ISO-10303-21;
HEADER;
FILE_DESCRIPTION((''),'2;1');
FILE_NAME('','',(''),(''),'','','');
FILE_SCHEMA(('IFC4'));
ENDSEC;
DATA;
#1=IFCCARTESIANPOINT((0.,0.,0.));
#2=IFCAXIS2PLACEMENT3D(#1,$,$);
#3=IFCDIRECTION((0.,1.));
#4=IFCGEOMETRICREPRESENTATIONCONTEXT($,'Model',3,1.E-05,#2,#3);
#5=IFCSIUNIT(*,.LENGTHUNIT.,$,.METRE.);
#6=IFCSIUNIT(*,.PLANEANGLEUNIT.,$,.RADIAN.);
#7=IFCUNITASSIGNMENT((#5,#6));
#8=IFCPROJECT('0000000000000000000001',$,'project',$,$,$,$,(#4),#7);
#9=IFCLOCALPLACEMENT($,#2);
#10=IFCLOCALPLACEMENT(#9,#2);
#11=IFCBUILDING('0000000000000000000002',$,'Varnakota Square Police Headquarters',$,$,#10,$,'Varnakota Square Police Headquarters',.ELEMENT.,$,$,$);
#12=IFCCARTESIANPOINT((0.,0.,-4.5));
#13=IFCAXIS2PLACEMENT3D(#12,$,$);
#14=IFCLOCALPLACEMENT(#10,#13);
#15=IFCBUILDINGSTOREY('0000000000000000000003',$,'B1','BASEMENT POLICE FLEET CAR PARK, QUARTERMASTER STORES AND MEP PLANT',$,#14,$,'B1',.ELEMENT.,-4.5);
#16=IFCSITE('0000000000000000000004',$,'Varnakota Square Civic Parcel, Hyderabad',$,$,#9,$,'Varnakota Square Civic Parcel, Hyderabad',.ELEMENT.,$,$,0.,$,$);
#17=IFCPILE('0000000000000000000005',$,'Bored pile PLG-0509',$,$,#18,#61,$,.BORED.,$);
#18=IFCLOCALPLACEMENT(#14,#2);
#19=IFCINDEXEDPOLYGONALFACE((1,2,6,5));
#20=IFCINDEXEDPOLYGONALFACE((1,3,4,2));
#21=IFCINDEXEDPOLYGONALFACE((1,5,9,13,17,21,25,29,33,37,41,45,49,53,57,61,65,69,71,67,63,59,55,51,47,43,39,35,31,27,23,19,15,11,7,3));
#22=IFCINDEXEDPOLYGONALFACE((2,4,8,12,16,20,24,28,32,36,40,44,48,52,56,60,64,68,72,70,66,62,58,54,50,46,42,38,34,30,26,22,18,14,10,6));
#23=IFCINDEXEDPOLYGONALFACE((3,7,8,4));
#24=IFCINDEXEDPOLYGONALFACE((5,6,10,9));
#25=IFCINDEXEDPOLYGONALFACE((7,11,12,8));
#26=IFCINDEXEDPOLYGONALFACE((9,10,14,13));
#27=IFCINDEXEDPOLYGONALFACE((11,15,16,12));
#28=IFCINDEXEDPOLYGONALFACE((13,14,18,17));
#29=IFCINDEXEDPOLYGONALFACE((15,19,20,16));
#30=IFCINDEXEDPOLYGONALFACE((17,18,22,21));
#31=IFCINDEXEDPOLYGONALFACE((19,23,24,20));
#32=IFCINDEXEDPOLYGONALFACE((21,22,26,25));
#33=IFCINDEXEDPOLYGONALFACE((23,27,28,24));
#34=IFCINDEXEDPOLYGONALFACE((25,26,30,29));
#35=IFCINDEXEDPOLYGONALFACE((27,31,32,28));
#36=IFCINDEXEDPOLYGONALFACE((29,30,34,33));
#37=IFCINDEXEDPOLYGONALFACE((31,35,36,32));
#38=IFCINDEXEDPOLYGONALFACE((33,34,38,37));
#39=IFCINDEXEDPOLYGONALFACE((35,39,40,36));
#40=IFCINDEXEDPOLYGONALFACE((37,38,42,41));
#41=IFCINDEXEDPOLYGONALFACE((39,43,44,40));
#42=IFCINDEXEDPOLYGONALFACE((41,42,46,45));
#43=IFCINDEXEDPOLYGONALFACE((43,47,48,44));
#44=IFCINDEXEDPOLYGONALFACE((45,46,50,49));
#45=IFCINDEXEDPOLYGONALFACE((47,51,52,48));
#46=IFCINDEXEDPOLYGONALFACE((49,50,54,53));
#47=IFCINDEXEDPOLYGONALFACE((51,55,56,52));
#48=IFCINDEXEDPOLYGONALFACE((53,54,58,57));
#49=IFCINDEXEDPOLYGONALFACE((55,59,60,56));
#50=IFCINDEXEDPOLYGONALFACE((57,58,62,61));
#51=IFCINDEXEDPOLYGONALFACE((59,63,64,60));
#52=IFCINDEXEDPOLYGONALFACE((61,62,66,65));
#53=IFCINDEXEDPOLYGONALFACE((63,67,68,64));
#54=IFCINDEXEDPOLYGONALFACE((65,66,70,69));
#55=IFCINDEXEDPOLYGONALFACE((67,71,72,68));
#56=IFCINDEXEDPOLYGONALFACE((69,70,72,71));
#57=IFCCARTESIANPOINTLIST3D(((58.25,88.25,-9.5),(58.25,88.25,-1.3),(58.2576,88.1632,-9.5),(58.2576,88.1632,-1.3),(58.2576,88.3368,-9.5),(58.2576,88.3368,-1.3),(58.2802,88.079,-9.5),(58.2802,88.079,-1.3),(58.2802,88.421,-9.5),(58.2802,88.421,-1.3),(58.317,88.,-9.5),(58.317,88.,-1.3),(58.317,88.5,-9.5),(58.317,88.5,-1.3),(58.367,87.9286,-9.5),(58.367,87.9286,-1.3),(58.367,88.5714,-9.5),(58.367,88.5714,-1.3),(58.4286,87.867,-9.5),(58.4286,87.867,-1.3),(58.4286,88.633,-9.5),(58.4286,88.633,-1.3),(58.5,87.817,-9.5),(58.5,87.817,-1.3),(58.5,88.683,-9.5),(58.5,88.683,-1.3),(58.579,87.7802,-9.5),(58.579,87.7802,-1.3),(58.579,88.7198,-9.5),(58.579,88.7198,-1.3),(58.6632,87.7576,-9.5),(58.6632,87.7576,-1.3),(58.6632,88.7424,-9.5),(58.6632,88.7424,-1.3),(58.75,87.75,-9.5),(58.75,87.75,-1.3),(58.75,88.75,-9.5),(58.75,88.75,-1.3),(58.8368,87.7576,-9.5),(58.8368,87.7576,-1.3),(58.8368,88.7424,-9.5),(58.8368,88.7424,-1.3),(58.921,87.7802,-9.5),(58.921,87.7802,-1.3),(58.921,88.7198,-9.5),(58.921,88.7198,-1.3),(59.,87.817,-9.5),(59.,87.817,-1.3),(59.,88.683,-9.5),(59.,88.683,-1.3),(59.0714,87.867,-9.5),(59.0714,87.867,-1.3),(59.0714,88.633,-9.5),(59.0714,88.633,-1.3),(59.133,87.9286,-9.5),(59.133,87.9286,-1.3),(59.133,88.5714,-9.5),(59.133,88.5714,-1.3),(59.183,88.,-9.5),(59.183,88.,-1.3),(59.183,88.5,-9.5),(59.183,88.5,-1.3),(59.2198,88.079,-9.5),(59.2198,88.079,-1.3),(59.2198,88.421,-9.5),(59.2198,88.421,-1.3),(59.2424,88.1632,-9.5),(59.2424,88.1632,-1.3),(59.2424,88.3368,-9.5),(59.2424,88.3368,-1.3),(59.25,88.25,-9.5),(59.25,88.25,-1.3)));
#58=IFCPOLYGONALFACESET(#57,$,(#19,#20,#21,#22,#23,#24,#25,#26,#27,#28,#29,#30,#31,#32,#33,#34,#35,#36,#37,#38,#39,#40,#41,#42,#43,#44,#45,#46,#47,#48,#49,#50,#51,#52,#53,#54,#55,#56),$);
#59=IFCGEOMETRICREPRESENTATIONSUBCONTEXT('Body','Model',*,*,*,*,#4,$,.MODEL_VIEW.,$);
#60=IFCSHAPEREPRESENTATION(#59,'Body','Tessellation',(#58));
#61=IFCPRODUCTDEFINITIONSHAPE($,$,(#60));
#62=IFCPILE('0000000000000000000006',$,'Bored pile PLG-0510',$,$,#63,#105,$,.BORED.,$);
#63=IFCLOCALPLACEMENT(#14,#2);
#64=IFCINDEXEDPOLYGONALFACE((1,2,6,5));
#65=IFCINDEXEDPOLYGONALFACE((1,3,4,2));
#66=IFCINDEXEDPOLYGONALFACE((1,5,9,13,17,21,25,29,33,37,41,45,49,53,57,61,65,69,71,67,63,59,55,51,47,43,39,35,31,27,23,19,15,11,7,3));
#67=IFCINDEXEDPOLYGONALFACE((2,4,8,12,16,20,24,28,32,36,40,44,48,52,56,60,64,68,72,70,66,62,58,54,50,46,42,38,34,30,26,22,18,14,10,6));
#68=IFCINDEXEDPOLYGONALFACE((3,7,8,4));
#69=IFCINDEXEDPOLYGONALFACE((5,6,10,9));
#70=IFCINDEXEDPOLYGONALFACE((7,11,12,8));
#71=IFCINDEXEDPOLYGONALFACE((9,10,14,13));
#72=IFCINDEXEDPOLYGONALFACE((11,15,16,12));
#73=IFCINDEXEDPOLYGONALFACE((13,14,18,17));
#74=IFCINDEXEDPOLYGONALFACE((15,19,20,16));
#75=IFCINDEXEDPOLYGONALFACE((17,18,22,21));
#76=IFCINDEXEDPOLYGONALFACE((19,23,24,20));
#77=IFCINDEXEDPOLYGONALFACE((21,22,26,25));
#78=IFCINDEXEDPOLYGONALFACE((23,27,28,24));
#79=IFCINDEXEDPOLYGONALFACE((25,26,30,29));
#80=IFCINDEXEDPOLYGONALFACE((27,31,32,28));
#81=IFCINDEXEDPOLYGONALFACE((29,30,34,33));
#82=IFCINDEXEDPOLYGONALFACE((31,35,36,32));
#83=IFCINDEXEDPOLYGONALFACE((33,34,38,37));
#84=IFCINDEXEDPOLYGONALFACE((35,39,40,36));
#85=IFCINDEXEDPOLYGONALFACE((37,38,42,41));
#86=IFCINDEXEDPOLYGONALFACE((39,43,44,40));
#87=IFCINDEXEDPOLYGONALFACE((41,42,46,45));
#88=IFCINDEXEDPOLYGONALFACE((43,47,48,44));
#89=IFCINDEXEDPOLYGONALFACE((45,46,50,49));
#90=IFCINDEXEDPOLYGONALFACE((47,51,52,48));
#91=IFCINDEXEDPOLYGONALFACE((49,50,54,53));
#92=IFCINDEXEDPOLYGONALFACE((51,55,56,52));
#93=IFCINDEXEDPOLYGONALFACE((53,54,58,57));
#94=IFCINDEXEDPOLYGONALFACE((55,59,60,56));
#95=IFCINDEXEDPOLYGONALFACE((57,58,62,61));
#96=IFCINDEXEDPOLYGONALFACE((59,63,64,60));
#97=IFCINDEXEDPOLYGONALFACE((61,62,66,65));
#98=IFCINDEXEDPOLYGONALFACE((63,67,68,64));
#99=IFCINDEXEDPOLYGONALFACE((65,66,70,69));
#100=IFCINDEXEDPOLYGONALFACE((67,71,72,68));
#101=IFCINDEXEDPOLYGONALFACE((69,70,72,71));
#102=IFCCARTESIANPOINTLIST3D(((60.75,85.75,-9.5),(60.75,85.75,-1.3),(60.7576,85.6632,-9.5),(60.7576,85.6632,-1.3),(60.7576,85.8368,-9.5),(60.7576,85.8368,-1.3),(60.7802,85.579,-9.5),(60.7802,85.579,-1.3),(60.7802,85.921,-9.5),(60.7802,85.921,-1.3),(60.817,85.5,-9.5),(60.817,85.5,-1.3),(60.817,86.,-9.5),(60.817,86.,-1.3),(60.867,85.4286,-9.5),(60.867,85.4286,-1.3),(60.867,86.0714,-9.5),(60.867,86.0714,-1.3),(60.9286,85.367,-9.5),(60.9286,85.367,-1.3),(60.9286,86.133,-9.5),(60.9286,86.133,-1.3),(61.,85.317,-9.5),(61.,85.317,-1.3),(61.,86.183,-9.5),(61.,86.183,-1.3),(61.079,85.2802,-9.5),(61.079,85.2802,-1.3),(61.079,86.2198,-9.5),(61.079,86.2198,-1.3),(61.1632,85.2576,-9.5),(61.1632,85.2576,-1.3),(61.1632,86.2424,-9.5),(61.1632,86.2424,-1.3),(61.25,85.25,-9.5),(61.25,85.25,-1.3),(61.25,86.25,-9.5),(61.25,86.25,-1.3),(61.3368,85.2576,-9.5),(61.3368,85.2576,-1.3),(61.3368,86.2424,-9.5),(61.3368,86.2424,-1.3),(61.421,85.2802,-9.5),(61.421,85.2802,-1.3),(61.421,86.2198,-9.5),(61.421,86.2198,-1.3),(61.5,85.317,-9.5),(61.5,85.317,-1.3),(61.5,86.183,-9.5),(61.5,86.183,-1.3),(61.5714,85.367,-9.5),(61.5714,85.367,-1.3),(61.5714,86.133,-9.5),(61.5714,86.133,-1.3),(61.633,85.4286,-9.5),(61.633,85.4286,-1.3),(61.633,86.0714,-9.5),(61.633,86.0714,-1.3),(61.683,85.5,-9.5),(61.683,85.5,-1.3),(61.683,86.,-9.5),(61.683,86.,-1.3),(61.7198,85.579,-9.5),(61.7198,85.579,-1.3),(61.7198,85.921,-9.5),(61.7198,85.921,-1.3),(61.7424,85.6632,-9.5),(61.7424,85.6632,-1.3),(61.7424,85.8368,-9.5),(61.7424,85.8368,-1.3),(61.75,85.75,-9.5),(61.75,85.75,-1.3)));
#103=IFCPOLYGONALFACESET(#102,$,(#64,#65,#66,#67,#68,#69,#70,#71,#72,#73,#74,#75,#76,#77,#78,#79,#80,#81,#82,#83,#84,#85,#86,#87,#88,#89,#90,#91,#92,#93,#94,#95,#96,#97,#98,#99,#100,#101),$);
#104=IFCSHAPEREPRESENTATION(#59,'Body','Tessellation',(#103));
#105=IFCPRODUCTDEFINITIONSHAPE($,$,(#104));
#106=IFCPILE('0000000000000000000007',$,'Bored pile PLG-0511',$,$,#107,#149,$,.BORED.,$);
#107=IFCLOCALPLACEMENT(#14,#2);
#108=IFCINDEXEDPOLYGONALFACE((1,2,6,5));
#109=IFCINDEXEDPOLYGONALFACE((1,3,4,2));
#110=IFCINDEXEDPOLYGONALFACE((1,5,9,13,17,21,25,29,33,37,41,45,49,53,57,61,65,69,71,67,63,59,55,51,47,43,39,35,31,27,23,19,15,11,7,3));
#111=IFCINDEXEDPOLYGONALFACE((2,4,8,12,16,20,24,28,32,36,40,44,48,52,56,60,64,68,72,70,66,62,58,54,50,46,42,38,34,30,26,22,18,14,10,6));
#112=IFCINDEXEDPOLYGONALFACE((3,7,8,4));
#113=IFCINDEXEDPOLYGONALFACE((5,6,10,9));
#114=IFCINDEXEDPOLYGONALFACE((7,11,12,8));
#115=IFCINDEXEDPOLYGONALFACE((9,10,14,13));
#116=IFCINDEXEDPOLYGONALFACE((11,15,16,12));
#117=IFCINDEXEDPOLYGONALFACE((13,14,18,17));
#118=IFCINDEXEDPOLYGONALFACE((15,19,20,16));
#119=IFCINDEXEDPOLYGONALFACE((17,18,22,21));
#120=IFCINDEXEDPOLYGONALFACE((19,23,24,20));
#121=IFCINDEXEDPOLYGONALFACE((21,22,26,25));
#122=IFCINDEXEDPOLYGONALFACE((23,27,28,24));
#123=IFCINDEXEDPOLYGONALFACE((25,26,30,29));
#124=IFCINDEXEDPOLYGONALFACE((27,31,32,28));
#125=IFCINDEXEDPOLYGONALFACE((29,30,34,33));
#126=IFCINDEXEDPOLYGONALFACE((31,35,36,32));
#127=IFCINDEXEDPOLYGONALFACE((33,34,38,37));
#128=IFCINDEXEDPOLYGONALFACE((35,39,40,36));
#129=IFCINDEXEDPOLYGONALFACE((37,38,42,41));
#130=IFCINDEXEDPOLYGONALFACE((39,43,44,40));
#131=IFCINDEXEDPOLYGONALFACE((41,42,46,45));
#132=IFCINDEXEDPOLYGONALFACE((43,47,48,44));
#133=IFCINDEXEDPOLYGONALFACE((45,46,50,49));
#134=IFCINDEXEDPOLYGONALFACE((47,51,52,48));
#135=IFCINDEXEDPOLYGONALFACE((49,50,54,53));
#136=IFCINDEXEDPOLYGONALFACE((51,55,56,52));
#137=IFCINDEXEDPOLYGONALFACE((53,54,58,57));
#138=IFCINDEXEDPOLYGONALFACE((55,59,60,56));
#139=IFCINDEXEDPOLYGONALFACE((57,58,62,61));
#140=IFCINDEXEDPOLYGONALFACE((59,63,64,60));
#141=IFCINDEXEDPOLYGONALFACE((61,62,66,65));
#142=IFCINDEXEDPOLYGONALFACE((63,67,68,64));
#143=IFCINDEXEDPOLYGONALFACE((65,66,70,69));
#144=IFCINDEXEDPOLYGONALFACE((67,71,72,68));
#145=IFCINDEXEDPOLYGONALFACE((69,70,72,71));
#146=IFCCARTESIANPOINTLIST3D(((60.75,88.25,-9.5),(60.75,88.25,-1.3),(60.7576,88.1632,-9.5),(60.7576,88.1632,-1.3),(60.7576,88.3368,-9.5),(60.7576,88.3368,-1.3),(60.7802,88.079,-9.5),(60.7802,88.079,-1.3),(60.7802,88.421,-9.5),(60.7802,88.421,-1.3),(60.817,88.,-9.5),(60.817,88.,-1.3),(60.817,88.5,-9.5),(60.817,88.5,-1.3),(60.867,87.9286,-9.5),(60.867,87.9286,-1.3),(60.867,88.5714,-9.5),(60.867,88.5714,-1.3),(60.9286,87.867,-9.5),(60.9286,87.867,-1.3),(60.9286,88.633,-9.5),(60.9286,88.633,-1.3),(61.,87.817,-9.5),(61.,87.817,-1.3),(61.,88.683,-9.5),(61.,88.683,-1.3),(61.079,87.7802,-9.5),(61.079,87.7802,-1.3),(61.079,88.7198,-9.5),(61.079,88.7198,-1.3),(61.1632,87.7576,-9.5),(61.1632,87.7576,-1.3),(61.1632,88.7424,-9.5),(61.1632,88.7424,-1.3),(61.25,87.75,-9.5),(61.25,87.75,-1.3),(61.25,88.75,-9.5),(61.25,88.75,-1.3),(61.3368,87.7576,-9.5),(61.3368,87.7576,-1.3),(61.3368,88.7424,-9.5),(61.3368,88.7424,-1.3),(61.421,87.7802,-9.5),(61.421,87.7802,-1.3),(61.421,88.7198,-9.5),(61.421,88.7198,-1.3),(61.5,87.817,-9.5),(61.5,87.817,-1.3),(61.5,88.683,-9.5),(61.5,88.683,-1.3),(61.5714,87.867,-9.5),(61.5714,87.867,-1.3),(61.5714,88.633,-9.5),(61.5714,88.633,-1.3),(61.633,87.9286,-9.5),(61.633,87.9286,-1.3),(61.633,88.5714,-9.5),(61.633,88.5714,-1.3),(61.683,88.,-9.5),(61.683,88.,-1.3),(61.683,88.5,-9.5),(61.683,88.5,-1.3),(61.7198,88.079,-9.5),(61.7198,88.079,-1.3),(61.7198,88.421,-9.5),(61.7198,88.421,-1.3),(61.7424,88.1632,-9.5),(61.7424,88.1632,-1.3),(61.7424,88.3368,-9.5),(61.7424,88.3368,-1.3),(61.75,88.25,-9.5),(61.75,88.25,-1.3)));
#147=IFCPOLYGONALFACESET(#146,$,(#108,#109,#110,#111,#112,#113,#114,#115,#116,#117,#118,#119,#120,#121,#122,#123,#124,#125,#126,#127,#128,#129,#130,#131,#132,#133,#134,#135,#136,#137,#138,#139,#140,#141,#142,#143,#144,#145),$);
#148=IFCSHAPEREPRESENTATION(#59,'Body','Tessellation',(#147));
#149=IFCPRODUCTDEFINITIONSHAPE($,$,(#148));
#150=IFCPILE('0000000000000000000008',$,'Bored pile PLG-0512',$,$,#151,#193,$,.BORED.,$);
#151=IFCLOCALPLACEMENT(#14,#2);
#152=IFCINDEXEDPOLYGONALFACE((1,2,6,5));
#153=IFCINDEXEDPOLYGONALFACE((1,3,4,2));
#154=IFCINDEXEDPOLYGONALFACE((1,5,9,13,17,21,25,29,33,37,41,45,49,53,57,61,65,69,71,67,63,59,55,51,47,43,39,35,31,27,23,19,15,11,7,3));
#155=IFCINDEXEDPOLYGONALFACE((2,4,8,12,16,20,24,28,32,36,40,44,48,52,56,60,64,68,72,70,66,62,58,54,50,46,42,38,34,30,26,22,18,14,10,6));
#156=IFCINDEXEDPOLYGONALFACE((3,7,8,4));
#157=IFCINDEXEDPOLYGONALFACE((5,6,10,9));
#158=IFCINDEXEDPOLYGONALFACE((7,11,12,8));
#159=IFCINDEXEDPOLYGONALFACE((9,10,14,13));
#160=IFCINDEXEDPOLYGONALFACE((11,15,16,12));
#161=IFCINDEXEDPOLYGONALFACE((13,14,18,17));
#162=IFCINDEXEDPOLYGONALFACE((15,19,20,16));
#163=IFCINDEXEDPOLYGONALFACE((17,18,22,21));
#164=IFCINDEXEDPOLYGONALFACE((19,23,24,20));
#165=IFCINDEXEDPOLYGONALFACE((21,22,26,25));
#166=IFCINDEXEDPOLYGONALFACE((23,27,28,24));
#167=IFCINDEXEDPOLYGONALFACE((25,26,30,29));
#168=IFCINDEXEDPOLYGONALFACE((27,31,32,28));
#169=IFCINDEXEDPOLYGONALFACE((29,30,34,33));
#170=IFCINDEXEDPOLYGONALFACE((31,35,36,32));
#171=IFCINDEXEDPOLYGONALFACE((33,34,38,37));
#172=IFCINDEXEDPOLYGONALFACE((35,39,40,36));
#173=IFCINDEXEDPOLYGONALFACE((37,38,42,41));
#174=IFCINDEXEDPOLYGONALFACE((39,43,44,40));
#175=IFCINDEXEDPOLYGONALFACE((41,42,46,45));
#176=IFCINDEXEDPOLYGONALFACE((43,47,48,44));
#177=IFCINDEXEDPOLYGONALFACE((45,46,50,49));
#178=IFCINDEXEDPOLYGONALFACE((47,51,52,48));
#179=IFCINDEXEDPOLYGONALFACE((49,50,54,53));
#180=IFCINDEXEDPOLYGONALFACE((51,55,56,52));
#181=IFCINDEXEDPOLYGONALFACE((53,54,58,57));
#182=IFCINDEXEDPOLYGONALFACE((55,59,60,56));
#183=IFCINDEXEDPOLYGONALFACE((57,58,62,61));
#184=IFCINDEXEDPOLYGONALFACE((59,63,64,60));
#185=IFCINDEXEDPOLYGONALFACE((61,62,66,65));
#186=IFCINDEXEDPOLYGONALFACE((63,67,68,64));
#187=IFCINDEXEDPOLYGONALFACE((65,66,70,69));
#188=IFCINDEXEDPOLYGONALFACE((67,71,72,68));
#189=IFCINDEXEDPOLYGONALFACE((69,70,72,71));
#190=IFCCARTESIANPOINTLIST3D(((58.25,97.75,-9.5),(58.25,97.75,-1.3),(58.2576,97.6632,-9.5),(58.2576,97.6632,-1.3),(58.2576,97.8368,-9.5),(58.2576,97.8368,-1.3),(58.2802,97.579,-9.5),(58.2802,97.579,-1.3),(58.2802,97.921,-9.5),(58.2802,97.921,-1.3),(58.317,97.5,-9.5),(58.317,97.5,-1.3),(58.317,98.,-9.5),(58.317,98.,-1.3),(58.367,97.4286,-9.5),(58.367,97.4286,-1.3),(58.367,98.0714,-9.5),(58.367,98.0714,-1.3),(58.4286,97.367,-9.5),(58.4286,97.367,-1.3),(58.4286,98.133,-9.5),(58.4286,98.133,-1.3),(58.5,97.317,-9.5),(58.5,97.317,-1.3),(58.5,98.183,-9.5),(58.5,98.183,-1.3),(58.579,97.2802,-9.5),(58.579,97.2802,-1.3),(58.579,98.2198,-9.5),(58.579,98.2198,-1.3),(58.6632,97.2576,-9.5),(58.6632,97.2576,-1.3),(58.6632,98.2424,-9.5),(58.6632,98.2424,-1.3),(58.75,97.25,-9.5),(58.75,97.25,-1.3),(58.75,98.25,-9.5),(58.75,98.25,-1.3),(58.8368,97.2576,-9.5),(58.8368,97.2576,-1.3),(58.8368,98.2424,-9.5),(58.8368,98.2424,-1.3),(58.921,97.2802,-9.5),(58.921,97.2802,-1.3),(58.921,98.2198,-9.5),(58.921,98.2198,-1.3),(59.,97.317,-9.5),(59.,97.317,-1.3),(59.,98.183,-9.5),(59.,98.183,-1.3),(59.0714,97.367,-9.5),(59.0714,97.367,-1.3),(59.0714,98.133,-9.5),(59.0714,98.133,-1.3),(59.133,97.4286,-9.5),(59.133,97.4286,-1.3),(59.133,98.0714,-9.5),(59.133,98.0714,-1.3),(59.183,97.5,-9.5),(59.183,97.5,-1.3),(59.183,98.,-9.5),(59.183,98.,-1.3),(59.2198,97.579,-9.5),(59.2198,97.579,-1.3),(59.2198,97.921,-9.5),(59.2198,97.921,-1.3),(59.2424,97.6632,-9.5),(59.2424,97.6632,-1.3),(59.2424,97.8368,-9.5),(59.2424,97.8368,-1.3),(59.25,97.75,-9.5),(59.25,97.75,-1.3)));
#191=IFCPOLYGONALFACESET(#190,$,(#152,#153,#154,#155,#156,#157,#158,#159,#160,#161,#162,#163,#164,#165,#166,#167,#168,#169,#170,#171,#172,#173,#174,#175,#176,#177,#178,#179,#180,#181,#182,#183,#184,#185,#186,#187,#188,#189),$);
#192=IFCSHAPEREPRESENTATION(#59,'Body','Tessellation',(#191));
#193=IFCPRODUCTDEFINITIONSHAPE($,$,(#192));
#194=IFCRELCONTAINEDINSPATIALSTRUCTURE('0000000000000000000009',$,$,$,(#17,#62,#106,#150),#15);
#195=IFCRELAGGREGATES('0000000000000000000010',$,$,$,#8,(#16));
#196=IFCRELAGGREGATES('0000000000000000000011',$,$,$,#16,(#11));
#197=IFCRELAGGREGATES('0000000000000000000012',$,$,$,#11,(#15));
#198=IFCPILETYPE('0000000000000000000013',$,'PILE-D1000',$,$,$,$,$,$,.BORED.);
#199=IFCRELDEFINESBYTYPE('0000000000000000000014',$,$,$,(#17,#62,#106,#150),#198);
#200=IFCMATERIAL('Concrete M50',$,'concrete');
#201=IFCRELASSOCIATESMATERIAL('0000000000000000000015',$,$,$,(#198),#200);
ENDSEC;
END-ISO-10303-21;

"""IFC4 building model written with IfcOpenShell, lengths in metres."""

from ifc_helpers import new_model, si_unit, direction, frame, origin, origin_2d, place, context, subcontext, project, spatial, circle, extrude, material, material_profile, profile_set, type_object, element, save


model = new_model("IFC4")

# Units and contexts
model_context = context("Model", 3, precision=1e-05, world=origin(), true_north=direction((0.0, 1.0)))
body_context = subcontext(model_context, "Body", "Model", "MODEL_VIEW")
ifc_project = project(units=[si_unit("LENGTHUNIT", "METRE"), si_unit("PLANEANGLEUNIT", "RADIAN")], contexts=[model_context])

# Site, building, storey
site_placement = place(None, origin())
site = spatial("IfcSite", under=ifc_project, at=site_placement, Name="Varnakota Square Civic Parcel, Hyderabad", LongName="Varnakota Square Civic Parcel, Hyderabad", CompositionType="ELEMENT", RefElevation=0.0)
building_placement = place(site_placement, origin())
building = spatial("IfcBuilding", under=site, at=building_placement, Name="Varnakota Square Police Headquarters", LongName="Varnakota Square Police Headquarters", CompositionType="ELEMENT")
storey_placement = place(building_placement, frame((0.0, 0.0, -4.5)))
storey = spatial("IfcBuildingStorey", under=building, at=storey_placement, Name="B1", Description="BASEMENT POLICE FLEET CAR PARK, QUARTERMASTER STORES AND MEP PLANT", LongName="B1", CompositionType="ELEMENT", Elevation=-4.5)

# Shared definitions
ifc_material_1 = material(Name="Concrete M50", Category="concrete")

# Piles
ifc_material_profile_1 = material_profile(ifc_material_1, circle(Radius=0.5, at=origin_2d()), Name="BORED PILE 1000")
ifc_profile_set_1 = profile_set([ifc_material_profile_1], Name="Concrete M50")
pile_type_1 = type_object("IfcPileType", Name="PILE-D1000", PredefinedType="BORED", material=ifc_profile_set_1)
for number, where, z_axis, x_axis, name in (
    (1, (58.75, 88.25, -1.3), (0.0, 0.0, -1.0), (1.0, 0.0, 0.0), "Bored pile PLG-0509"),
    (2, (61.25, 85.75, -1.3), (0.0, 0.0, -1.0), (1.0, 0.0, 0.0), "Bored pile PLG-0510"),
    (3, (61.25, 88.25, -1.3), (0.0, 0.0, -1.0), (1.0, 0.0, 0.0), "Bored pile PLG-0511"),
    (4, (58.75, 97.75, -1.3), (0.0, 0.0, -1.0), (1.0, 0.0, 0.0), "Bored pile PLG-0512"),
):
    element("IfcPile", number, at=place(storey_placement, frame(where, z_axis=z_axis, x_axis=x_axis)), inside=storey, type_object=pile_type_1, Name=name, PredefinedType="BORED", context=body_context, shape_type="SweptSolid", body=[
        extrude(circle(Radius=0.5, at=origin_2d()), origin(), (0.0, 0.0, 1.0), 8.2),
    ])

save(model, "model.ifc")
